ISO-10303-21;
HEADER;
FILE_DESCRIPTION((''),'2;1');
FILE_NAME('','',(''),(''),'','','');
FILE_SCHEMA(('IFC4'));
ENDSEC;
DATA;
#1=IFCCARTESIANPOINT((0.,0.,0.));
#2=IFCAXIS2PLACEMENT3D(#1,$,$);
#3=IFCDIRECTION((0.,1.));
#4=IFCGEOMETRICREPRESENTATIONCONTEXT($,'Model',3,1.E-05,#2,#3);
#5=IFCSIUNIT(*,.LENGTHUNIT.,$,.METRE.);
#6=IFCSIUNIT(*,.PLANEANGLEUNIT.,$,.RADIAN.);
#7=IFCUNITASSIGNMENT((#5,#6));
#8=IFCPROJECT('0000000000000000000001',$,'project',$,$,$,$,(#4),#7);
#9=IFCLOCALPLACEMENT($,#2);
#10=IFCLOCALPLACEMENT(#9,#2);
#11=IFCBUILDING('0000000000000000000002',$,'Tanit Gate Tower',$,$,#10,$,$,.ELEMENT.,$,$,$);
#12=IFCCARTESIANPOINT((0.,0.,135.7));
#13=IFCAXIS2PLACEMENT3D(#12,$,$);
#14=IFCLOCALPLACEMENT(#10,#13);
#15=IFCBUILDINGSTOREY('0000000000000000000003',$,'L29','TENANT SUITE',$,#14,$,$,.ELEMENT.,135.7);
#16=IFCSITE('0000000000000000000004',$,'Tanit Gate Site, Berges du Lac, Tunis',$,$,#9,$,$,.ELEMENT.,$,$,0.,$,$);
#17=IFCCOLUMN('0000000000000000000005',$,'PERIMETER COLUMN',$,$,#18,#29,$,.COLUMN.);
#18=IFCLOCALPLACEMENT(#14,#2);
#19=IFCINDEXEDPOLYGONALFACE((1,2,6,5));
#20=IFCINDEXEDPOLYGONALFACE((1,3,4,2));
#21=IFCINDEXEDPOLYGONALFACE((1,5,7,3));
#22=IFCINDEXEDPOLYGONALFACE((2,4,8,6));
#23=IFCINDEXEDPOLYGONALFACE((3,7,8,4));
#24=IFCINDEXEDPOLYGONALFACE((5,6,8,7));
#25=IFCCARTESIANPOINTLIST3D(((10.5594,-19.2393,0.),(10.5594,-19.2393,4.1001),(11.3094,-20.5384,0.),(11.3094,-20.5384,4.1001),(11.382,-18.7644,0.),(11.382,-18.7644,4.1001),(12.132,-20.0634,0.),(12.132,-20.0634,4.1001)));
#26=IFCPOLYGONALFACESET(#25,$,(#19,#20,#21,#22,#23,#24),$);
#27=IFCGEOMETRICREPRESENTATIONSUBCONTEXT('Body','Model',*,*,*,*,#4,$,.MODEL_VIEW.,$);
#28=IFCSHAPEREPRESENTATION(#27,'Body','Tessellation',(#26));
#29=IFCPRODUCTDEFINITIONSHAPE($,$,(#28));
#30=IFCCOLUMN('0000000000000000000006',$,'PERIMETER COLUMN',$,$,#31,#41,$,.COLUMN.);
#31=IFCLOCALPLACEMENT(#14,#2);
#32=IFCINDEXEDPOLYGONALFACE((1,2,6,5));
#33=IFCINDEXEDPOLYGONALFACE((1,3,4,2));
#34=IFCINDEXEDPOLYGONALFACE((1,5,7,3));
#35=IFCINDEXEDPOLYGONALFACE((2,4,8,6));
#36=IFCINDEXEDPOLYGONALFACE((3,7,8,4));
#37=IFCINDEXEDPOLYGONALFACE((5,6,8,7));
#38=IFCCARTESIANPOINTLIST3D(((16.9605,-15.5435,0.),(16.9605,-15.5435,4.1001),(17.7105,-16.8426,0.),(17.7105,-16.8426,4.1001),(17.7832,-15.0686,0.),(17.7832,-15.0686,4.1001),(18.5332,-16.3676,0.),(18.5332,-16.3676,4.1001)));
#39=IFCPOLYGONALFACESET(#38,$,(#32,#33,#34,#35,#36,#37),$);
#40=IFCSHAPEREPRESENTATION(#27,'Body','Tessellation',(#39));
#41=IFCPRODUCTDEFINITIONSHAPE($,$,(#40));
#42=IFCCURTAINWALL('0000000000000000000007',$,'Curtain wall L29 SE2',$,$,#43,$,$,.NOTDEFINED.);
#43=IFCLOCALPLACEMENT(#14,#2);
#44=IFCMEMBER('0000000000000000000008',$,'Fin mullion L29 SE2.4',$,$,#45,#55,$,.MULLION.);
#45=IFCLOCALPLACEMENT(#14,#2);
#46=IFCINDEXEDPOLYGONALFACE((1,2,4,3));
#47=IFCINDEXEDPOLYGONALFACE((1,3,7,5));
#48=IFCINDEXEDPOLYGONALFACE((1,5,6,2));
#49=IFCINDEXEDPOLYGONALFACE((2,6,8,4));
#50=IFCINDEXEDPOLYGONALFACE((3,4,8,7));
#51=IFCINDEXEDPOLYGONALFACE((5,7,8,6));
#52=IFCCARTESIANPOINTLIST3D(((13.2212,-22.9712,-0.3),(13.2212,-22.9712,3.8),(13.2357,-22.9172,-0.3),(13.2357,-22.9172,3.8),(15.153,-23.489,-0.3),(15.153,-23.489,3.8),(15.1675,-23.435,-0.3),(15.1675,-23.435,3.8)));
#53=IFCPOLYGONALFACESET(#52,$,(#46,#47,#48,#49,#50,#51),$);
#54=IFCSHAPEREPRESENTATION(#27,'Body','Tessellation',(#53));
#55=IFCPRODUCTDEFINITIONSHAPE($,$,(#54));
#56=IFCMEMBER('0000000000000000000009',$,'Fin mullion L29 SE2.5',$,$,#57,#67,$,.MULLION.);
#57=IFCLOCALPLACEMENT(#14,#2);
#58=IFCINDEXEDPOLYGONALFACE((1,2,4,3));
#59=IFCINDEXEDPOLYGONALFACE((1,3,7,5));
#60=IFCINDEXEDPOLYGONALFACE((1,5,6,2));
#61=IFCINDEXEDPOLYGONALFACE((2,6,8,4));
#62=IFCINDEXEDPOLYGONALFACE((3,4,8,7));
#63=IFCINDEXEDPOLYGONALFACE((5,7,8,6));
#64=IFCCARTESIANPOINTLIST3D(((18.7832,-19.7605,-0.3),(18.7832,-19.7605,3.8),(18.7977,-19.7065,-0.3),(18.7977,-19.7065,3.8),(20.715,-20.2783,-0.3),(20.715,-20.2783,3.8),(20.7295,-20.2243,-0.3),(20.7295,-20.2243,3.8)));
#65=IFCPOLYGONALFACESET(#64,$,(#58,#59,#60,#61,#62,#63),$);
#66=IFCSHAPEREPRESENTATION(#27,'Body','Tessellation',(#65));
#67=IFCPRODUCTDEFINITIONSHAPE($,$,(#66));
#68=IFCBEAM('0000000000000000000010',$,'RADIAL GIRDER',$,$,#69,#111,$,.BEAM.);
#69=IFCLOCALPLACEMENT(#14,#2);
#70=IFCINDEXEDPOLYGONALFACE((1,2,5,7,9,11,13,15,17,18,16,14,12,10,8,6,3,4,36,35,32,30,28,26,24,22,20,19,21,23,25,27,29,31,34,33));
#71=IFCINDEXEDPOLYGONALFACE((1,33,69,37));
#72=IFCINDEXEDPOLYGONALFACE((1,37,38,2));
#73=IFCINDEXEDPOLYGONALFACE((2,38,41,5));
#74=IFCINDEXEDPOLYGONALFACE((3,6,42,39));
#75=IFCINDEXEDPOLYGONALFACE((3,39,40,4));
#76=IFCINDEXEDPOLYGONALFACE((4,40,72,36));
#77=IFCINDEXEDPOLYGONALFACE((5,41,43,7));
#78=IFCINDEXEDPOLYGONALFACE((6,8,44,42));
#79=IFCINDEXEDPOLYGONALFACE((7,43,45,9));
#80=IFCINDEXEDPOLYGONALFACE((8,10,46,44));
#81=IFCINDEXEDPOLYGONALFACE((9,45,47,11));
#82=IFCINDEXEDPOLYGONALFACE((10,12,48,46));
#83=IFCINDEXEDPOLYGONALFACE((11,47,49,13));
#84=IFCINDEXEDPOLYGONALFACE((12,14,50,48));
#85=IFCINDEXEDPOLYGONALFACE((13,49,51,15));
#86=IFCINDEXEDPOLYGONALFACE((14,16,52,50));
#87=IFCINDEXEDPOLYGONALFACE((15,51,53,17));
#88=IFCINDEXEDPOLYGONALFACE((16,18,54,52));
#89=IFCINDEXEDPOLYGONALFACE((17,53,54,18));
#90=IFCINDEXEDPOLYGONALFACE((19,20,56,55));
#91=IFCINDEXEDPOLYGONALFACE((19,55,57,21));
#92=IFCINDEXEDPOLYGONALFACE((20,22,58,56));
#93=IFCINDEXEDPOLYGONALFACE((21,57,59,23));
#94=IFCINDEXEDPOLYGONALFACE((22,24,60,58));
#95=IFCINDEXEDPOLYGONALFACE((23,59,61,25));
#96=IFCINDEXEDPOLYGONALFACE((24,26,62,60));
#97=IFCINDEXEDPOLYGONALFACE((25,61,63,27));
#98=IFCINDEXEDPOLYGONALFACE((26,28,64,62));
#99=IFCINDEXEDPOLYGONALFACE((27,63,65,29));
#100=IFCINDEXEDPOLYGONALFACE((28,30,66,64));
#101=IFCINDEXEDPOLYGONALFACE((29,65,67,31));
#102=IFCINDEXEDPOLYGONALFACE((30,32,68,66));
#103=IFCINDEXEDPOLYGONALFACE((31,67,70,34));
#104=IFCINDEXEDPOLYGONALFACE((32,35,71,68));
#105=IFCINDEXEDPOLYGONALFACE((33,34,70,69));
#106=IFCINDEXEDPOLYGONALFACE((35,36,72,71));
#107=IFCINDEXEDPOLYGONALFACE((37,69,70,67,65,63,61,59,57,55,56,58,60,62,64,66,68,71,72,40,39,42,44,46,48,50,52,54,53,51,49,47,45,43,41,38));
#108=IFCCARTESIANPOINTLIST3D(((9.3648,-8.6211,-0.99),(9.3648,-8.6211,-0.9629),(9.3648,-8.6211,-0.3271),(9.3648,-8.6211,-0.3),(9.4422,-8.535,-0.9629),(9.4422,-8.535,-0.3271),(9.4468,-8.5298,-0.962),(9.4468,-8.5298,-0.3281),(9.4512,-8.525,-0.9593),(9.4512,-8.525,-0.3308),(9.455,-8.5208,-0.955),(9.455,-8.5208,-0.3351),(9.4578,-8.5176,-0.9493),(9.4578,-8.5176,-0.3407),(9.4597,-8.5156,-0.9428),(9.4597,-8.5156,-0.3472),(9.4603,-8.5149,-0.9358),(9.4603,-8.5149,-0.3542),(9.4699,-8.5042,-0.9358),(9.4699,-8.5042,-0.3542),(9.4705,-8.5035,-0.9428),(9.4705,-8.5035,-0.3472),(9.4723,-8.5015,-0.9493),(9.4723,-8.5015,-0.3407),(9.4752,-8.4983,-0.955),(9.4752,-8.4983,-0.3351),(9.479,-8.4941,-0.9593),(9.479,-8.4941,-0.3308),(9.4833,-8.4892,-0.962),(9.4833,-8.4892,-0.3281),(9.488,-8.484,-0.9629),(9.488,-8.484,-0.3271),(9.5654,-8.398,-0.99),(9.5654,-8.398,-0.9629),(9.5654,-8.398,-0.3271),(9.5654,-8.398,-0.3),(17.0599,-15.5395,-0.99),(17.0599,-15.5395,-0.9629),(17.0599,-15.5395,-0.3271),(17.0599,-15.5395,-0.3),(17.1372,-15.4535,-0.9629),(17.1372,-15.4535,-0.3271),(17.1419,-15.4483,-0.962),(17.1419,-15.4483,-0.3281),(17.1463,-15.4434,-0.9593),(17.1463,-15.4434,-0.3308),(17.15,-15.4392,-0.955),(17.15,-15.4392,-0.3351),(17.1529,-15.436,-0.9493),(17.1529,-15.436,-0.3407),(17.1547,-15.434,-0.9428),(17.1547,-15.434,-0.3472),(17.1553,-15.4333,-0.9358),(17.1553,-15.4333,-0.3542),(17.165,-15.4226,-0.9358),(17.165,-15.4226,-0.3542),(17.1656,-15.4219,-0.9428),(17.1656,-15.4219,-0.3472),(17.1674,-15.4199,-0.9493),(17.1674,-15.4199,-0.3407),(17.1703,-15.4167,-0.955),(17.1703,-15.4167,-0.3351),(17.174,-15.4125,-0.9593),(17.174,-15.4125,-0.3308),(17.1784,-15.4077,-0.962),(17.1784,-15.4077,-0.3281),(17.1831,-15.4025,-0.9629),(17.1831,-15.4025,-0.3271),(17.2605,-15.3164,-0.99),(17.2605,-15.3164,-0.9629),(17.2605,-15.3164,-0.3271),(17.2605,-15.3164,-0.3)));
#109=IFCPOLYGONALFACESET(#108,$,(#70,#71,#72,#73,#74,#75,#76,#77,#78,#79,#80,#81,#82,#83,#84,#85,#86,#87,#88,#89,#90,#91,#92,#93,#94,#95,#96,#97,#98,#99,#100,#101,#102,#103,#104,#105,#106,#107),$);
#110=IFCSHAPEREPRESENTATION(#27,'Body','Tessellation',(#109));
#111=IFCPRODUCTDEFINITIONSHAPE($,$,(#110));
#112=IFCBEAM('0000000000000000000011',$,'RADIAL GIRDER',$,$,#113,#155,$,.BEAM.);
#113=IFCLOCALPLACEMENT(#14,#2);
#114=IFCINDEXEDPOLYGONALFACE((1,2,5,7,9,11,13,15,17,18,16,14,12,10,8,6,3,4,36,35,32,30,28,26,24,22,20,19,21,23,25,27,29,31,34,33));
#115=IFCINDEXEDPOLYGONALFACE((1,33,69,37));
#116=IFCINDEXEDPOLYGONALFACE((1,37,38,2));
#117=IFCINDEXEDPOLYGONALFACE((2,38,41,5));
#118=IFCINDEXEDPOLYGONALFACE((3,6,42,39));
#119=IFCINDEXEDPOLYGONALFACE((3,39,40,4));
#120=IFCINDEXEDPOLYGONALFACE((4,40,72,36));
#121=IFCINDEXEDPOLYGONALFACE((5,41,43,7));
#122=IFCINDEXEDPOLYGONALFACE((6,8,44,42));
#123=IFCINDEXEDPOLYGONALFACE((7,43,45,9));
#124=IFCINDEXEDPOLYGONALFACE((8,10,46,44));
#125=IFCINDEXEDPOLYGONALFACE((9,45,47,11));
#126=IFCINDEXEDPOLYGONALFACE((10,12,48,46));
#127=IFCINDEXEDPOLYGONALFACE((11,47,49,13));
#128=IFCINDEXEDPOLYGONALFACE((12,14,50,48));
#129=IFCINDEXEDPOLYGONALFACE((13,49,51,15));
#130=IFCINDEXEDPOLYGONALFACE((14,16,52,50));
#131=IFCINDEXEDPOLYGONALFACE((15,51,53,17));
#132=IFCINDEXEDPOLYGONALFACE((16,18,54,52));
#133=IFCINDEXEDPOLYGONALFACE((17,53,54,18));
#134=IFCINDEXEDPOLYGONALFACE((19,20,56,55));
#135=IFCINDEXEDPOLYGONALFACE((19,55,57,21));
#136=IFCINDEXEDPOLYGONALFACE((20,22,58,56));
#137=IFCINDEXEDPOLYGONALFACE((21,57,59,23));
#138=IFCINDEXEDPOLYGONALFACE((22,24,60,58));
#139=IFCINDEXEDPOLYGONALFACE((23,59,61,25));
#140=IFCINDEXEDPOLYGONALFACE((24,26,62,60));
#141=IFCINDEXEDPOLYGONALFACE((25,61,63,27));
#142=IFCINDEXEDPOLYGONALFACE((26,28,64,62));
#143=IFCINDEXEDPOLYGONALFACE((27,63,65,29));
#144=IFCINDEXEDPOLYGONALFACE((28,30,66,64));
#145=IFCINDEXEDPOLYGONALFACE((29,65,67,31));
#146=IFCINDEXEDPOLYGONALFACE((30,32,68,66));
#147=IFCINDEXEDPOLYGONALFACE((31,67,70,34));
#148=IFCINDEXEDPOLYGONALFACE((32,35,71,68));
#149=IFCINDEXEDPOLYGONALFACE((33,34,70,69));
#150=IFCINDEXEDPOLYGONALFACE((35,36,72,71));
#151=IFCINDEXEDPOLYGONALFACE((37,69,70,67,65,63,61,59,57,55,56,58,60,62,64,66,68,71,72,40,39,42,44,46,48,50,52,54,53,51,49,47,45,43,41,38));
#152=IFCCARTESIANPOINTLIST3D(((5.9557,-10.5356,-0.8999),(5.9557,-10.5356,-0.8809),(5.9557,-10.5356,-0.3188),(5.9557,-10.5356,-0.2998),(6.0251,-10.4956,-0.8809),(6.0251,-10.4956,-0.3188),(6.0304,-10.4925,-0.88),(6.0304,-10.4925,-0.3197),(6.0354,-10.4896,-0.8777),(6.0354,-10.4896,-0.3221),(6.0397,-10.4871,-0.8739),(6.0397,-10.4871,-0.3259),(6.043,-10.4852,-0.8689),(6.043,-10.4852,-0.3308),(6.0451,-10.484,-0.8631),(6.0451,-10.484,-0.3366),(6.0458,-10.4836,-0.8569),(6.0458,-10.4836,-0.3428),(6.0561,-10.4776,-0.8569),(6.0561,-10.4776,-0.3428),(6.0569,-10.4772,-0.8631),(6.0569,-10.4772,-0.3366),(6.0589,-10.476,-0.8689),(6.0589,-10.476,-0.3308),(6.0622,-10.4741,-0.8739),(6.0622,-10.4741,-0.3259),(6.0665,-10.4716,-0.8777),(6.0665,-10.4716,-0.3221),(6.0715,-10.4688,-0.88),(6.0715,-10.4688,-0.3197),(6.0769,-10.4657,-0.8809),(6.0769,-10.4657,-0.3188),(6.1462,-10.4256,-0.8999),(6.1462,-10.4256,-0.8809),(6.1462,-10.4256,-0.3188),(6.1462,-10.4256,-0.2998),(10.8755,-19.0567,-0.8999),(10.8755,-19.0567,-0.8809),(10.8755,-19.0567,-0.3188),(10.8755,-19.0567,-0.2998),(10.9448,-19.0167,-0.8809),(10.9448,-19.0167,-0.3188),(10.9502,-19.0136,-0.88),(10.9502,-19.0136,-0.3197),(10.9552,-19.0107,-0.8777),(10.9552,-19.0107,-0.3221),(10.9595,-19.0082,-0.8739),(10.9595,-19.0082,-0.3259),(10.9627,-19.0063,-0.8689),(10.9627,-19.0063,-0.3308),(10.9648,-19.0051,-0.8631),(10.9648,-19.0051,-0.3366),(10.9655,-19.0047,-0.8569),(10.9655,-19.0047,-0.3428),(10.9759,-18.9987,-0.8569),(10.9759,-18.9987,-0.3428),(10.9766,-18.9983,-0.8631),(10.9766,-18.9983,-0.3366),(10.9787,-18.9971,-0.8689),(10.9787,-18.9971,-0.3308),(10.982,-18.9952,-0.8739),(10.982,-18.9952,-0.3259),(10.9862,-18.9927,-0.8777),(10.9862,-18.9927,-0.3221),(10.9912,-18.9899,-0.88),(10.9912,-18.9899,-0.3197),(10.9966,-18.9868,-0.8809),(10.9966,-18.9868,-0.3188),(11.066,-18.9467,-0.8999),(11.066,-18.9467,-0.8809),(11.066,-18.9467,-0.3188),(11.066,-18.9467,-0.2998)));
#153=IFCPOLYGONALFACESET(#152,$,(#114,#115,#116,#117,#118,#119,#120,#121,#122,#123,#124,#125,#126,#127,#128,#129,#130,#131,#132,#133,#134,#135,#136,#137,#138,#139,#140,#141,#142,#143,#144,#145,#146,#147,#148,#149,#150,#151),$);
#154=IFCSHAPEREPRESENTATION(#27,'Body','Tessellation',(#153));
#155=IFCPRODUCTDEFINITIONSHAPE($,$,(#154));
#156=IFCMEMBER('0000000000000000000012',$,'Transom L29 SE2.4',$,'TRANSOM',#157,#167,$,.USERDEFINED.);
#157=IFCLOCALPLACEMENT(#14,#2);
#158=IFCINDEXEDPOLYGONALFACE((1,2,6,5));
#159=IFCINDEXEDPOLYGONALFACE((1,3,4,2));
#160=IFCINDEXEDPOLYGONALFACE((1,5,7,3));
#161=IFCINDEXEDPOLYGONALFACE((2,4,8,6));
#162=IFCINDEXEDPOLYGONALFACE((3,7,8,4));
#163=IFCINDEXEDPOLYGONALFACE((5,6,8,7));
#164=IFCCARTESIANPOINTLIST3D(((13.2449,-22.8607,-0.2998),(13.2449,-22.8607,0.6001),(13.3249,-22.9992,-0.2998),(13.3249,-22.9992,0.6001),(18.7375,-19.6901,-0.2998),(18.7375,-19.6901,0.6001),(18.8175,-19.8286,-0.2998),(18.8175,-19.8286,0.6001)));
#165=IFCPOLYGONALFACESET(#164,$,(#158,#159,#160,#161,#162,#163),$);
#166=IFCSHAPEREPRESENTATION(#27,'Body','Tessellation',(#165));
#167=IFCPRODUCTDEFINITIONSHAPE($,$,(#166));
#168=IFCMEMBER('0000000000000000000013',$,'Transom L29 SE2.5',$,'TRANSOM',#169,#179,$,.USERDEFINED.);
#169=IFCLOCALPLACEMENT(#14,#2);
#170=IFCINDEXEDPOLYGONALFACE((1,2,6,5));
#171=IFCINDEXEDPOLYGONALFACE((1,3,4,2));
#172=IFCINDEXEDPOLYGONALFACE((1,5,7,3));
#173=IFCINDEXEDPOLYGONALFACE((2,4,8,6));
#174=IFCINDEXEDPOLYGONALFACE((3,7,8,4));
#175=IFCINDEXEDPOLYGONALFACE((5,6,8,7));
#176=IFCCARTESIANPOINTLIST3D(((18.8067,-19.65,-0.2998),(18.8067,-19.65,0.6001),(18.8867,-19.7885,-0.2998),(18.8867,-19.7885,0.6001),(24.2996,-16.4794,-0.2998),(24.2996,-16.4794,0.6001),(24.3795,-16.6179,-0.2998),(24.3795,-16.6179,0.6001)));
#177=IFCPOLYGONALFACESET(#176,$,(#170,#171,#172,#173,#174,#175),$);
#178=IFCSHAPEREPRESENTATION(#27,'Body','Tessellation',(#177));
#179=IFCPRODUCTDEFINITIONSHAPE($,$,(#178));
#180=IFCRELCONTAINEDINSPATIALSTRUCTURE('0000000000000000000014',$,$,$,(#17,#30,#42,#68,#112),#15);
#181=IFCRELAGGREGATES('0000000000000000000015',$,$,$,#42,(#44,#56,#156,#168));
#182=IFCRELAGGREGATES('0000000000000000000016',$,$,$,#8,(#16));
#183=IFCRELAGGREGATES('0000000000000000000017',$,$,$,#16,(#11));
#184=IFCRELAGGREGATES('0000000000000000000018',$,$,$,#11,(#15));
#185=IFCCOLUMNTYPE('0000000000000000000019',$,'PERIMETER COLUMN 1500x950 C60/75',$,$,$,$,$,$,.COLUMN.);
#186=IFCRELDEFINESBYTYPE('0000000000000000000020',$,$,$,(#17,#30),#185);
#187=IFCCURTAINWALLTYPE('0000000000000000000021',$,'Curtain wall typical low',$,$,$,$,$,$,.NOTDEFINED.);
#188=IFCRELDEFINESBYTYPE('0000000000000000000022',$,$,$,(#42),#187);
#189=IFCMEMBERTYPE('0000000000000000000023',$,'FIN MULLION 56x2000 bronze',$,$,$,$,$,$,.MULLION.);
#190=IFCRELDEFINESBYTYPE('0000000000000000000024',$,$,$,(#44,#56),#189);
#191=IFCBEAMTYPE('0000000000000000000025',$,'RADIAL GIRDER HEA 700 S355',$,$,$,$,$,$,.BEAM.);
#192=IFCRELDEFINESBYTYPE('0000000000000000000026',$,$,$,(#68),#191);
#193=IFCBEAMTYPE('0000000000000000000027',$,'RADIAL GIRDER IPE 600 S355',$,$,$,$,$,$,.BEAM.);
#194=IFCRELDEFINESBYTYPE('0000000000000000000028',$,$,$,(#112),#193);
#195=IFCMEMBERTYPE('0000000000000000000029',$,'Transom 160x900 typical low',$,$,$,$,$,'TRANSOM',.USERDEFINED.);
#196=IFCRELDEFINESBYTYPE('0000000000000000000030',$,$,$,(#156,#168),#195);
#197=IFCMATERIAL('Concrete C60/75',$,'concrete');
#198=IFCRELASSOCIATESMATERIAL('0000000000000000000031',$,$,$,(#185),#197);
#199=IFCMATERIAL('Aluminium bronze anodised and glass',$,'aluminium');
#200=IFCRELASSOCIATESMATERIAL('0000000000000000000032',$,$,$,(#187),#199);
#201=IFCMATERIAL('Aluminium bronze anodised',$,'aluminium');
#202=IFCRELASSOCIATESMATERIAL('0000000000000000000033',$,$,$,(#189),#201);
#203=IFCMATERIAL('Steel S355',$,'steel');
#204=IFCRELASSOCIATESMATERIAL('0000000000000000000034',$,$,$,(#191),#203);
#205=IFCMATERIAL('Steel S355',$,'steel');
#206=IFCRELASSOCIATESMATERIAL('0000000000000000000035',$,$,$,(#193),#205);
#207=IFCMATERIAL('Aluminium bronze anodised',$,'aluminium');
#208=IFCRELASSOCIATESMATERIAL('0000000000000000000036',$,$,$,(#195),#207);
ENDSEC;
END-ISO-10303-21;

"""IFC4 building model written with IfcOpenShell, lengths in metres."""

from ifc_helpers import new_model, si_unit, direction, frame, origin, origin_2d, place, context, subcontext, project, spatial, rectangle, i_section, extrude, material, material_profile, profile_set, type_object, element, aggregate, save


model = new_model("IFC4")

# Units and contexts
model_context = context("Model", 3, precision=1e-05, world=origin(), true_north=direction((0.0, 1.0)))
body_context = subcontext(model_context, "Body", "Model", "MODEL_VIEW")
ifc_project = project(units=[si_unit("LENGTHUNIT", "METRE"), si_unit("PLANEANGLEUNIT", "RADIAN")], contexts=[model_context])

# Site, building, storey
site_placement = place(None, origin())
site = spatial("IfcSite", under=ifc_project, at=site_placement, Name="Tanit Gate Site, Berges du Lac, Tunis", CompositionType="ELEMENT", RefElevation=0.0)
building_placement = place(site_placement, origin())
building = spatial("IfcBuilding", under=site, at=building_placement, Name="Tanit Gate Tower", CompositionType="ELEMENT")
storey_placement = place(building_placement, frame((0.0, 0.0, 135.7)))
storey = spatial("IfcBuildingStorey", under=building, at=storey_placement, Name="L29", Description="TENANT SUITE", CompositionType="ELEMENT", Elevation=135.7)

# Columns
ifc_material_1 = material(Name="Concrete C60/75", Category="concrete")
ifc_material_profile_1 = material_profile(ifc_material_1, rectangle(XDim=1.5, YDim=0.95, at=origin_2d()), Name="RC 1500x950")
ifc_profile_set_1 = profile_set([ifc_material_profile_1], Name="Concrete C60/75")
column_type = type_object("IfcColumnType", Name="PERIMETER COLUMN 1500x950 C60/75", PredefinedType="COLUMN", material=ifc_profile_set_1)
for number, where, z_axis, x_axis, name in (
    (1, (11.3457, -19.6514, 0.0), (0.0, 0.0, 1.0), (0.5, -0.866025, 0.0), "PERIMETER COLUMN"),
    (2, (17.7468, -15.9556, 0.0), (0.0, 0.0, 1.0), (0.5, -0.866025, 0.0), "PERIMETER COLUMN"),
):
    element("IfcColumn", number, at=place(storey_placement, frame(where, z_axis=z_axis, x_axis=x_axis)), inside=storey, type_object=column_type, Name=name, PredefinedType="COLUMN", context=body_context, shape_type="SweptSolid", body=[
        extrude(rectangle(XDim=1.5, YDim=0.95, at=origin_2d()), origin(), (0.0, 0.0, 1.0), 4.1001),
    ])

# Curtain wall, members
ifc_material_2 = material(Name="Aluminium bronze anodised and glass", Category="aluminium")
curtain_wall_type = type_object("IfcCurtainWallType", Name="Curtain wall typical low", PredefinedType="NOTDEFINED", material=ifc_material_2)
curtain_wall_placement = place(storey_placement, origin())
curtain_wall = element("IfcCurtainWall", 3, at=curtain_wall_placement, inside=storey, type_object=curtain_wall_type, Name="Curtain wall L29 SE2", PredefinedType="NOTDEFINED")
ifc_material_3 = material(Name="Aluminium bronze anodised", Category="aluminium")
ifc_material_profile_2 = material_profile(ifc_material_3, rectangle(XDim=2.0, YDim=0.0559, at=origin_2d()), Name="56x2000 bronze fin mullion")
ifc_profile_set_2 = profile_set([ifc_material_profile_2], Name="Aluminium bronze anodised")
member_type_1 = type_object("IfcMemberType", Name="FIN MULLION 56x2000 bronze", PredefinedType="MULLION", material=ifc_profile_set_2)
member_1_placement = place(storey_placement, frame((14.1943, -23.2031, -0.3), z_axis=(0.0, 0.0, 1.0), x_axis=(-0.965908, 0.258886, 0.0)))
member_1 = element("IfcMember", 4, at=member_1_placement, type_object=member_type_1, Name="Fin mullion L29 SE2.4", PredefinedType="MULLION", context=body_context, shape_type="SweptSolid", body=[
    extrude(rectangle(XDim=2.0, YDim=0.0559, at=origin_2d()), origin(), (0.0, 0.0, 1.0), 4.1001),
])
member_2_placement = place(storey_placement, frame((19.7563, -19.9924, -0.3), z_axis=(0.0, 0.0, 1.0), x_axis=(-0.965908, 0.258886, 0.0)))
member_2 = element("IfcMember", 5, at=member_2_placement, type_object=member_type_1, Name="Fin mullion L29 SE2.5", PredefinedType="MULLION", context=body_context, shape_type="SweptSolid", body=[
    extrude(rectangle(XDim=2.0, YDim=0.0559, at=origin_2d()), origin(), (0.0, 0.0, 1.0), 4.1001),
])

# Beams
ifc_material_4 = material(Name="Steel S355", Category="steel")
ifc_material_profile_3 = material_profile(ifc_material_4, i_section(OverallWidth=0.3, OverallDepth=0.6899, WebThickness=0.0144, FlangeThickness=0.0271, FilletRadius=0.0271, at=origin_2d()), Name="HEA 700")
ifc_profile_set_3 = profile_set([ifc_material_profile_3], Name="Steel S355")
beam_type_1 = type_object("IfcBeamType", Name="RADIAL GIRDER HEA 700 S355", PredefinedType="BEAM", material=ifc_profile_set_3)
beam_1_placement = place(storey_placement, frame((17.1602, -15.428, -0.645), z_axis=(-0.743635, 0.668585, 0.0), x_axis=(-0.668585, -0.743635, 0.0)))
element("IfcBeam", 6, at=beam_1_placement, inside=storey, type_object=beam_type_1, Name="RADIAL GIRDER", PredefinedType="BEAM", context=body_context, shape_type="SweptSolid", body=[
    extrude(i_section(OverallWidth=0.3, OverallDepth=0.6899, WebThickness=0.0144, FlangeThickness=0.0271, FilletRadius=0.0271, at=origin_2d()), origin(), (0.0, 0.0, 1.0), 10.3479),
])
ifc_material_5 = material(Name="Steel S355", Category="steel")
ifc_material_profile_4 = material_profile(ifc_material_5, i_section(OverallWidth=0.22, OverallDepth=0.6001, WebThickness=0.012, FlangeThickness=0.019, FilletRadius=0.0239, at=origin_2d()), Name="IPE 600")
ifc_profile_set_4 = profile_set([ifc_material_profile_4], Name="Steel S355")
beam_type_2 = type_object("IfcBeamType", Name="RADIAL GIRDER IPE 600 S355", PredefinedType="BEAM", material=ifc_profile_set_4)
beam_2_placement = place(storey_placement, frame((10.9707, -19.0017, -0.5999), z_axis=(-0.500006, 0.866022, 0.0), x_axis=(-0.866022, -0.500006, 0.0)))
element("IfcBeam", 7, at=beam_2_placement, inside=storey, type_object=beam_type_2, Name="RADIAL GIRDER", PredefinedType="BEAM", context=body_context, shape_type="SweptSolid", body=[
    extrude(i_section(OverallWidth=0.22, OverallDepth=0.6001, WebThickness=0.012, FlangeThickness=0.019, FilletRadius=0.0239, at=origin_2d()), origin(), (0.0, 0.0, 1.0), 9.8394),
])

# Members
ifc_material_6 = material(Name="Aluminium bronze anodised", Category="aluminium")
ifc_material_profile_5 = material_profile(ifc_material_6, rectangle(XDim=0.1599, YDim=0.8999, at=origin_2d()), Name="160x900 bronze transom")
ifc_profile_set_5 = profile_set([ifc_material_profile_5], Name="Aluminium bronze anodised")
member_type_2 = type_object("IfcMemberType", Name="Transom 160x900 typical low", ElementType="TRANSOM", PredefinedType="USERDEFINED", material=ifc_profile_set_5)
member_3_placement = place(storey_placement, frame((13.2849, -22.9299, 0.1501), z_axis=(0.866063, 0.499936, 0.0), x_axis=(-0.499936, 0.866063, 0.0)))
member_3 = element("IfcMember", 8, at=member_3_placement, type_object=member_type_2, Name="Transom L29 SE2.4", ObjectType="TRANSOM", PredefinedType="USERDEFINED", context=body_context, shape_type="SweptSolid", body=[
    extrude(rectangle(XDim=0.1599, YDim=0.8999, at=origin_2d()), origin(), (0.0, 0.0, 1.0), 6.342),
])
member_4_placement = place(storey_placement, frame((18.8467, -19.7192, 0.1501), z_axis=(0.866072, 0.499919, 0.0), x_axis=(-0.499919, 0.866072, 0.0)))
member_4 = element("IfcMember", 9, at=member_4_placement, type_object=member_type_2, Name="Transom L29 SE2.5", ObjectType="TRANSOM", PredefinedType="USERDEFINED", context=body_context, shape_type="SweptSolid", body=[
    extrude(rectangle(XDim=0.1599, YDim=0.8999, at=origin_2d()), origin(), (0.0, 0.0, 1.0), 6.3423),
])

aggregate(curtain_wall, [member_1, member_2, member_3, member_4])

save(model, "model.ifc")
